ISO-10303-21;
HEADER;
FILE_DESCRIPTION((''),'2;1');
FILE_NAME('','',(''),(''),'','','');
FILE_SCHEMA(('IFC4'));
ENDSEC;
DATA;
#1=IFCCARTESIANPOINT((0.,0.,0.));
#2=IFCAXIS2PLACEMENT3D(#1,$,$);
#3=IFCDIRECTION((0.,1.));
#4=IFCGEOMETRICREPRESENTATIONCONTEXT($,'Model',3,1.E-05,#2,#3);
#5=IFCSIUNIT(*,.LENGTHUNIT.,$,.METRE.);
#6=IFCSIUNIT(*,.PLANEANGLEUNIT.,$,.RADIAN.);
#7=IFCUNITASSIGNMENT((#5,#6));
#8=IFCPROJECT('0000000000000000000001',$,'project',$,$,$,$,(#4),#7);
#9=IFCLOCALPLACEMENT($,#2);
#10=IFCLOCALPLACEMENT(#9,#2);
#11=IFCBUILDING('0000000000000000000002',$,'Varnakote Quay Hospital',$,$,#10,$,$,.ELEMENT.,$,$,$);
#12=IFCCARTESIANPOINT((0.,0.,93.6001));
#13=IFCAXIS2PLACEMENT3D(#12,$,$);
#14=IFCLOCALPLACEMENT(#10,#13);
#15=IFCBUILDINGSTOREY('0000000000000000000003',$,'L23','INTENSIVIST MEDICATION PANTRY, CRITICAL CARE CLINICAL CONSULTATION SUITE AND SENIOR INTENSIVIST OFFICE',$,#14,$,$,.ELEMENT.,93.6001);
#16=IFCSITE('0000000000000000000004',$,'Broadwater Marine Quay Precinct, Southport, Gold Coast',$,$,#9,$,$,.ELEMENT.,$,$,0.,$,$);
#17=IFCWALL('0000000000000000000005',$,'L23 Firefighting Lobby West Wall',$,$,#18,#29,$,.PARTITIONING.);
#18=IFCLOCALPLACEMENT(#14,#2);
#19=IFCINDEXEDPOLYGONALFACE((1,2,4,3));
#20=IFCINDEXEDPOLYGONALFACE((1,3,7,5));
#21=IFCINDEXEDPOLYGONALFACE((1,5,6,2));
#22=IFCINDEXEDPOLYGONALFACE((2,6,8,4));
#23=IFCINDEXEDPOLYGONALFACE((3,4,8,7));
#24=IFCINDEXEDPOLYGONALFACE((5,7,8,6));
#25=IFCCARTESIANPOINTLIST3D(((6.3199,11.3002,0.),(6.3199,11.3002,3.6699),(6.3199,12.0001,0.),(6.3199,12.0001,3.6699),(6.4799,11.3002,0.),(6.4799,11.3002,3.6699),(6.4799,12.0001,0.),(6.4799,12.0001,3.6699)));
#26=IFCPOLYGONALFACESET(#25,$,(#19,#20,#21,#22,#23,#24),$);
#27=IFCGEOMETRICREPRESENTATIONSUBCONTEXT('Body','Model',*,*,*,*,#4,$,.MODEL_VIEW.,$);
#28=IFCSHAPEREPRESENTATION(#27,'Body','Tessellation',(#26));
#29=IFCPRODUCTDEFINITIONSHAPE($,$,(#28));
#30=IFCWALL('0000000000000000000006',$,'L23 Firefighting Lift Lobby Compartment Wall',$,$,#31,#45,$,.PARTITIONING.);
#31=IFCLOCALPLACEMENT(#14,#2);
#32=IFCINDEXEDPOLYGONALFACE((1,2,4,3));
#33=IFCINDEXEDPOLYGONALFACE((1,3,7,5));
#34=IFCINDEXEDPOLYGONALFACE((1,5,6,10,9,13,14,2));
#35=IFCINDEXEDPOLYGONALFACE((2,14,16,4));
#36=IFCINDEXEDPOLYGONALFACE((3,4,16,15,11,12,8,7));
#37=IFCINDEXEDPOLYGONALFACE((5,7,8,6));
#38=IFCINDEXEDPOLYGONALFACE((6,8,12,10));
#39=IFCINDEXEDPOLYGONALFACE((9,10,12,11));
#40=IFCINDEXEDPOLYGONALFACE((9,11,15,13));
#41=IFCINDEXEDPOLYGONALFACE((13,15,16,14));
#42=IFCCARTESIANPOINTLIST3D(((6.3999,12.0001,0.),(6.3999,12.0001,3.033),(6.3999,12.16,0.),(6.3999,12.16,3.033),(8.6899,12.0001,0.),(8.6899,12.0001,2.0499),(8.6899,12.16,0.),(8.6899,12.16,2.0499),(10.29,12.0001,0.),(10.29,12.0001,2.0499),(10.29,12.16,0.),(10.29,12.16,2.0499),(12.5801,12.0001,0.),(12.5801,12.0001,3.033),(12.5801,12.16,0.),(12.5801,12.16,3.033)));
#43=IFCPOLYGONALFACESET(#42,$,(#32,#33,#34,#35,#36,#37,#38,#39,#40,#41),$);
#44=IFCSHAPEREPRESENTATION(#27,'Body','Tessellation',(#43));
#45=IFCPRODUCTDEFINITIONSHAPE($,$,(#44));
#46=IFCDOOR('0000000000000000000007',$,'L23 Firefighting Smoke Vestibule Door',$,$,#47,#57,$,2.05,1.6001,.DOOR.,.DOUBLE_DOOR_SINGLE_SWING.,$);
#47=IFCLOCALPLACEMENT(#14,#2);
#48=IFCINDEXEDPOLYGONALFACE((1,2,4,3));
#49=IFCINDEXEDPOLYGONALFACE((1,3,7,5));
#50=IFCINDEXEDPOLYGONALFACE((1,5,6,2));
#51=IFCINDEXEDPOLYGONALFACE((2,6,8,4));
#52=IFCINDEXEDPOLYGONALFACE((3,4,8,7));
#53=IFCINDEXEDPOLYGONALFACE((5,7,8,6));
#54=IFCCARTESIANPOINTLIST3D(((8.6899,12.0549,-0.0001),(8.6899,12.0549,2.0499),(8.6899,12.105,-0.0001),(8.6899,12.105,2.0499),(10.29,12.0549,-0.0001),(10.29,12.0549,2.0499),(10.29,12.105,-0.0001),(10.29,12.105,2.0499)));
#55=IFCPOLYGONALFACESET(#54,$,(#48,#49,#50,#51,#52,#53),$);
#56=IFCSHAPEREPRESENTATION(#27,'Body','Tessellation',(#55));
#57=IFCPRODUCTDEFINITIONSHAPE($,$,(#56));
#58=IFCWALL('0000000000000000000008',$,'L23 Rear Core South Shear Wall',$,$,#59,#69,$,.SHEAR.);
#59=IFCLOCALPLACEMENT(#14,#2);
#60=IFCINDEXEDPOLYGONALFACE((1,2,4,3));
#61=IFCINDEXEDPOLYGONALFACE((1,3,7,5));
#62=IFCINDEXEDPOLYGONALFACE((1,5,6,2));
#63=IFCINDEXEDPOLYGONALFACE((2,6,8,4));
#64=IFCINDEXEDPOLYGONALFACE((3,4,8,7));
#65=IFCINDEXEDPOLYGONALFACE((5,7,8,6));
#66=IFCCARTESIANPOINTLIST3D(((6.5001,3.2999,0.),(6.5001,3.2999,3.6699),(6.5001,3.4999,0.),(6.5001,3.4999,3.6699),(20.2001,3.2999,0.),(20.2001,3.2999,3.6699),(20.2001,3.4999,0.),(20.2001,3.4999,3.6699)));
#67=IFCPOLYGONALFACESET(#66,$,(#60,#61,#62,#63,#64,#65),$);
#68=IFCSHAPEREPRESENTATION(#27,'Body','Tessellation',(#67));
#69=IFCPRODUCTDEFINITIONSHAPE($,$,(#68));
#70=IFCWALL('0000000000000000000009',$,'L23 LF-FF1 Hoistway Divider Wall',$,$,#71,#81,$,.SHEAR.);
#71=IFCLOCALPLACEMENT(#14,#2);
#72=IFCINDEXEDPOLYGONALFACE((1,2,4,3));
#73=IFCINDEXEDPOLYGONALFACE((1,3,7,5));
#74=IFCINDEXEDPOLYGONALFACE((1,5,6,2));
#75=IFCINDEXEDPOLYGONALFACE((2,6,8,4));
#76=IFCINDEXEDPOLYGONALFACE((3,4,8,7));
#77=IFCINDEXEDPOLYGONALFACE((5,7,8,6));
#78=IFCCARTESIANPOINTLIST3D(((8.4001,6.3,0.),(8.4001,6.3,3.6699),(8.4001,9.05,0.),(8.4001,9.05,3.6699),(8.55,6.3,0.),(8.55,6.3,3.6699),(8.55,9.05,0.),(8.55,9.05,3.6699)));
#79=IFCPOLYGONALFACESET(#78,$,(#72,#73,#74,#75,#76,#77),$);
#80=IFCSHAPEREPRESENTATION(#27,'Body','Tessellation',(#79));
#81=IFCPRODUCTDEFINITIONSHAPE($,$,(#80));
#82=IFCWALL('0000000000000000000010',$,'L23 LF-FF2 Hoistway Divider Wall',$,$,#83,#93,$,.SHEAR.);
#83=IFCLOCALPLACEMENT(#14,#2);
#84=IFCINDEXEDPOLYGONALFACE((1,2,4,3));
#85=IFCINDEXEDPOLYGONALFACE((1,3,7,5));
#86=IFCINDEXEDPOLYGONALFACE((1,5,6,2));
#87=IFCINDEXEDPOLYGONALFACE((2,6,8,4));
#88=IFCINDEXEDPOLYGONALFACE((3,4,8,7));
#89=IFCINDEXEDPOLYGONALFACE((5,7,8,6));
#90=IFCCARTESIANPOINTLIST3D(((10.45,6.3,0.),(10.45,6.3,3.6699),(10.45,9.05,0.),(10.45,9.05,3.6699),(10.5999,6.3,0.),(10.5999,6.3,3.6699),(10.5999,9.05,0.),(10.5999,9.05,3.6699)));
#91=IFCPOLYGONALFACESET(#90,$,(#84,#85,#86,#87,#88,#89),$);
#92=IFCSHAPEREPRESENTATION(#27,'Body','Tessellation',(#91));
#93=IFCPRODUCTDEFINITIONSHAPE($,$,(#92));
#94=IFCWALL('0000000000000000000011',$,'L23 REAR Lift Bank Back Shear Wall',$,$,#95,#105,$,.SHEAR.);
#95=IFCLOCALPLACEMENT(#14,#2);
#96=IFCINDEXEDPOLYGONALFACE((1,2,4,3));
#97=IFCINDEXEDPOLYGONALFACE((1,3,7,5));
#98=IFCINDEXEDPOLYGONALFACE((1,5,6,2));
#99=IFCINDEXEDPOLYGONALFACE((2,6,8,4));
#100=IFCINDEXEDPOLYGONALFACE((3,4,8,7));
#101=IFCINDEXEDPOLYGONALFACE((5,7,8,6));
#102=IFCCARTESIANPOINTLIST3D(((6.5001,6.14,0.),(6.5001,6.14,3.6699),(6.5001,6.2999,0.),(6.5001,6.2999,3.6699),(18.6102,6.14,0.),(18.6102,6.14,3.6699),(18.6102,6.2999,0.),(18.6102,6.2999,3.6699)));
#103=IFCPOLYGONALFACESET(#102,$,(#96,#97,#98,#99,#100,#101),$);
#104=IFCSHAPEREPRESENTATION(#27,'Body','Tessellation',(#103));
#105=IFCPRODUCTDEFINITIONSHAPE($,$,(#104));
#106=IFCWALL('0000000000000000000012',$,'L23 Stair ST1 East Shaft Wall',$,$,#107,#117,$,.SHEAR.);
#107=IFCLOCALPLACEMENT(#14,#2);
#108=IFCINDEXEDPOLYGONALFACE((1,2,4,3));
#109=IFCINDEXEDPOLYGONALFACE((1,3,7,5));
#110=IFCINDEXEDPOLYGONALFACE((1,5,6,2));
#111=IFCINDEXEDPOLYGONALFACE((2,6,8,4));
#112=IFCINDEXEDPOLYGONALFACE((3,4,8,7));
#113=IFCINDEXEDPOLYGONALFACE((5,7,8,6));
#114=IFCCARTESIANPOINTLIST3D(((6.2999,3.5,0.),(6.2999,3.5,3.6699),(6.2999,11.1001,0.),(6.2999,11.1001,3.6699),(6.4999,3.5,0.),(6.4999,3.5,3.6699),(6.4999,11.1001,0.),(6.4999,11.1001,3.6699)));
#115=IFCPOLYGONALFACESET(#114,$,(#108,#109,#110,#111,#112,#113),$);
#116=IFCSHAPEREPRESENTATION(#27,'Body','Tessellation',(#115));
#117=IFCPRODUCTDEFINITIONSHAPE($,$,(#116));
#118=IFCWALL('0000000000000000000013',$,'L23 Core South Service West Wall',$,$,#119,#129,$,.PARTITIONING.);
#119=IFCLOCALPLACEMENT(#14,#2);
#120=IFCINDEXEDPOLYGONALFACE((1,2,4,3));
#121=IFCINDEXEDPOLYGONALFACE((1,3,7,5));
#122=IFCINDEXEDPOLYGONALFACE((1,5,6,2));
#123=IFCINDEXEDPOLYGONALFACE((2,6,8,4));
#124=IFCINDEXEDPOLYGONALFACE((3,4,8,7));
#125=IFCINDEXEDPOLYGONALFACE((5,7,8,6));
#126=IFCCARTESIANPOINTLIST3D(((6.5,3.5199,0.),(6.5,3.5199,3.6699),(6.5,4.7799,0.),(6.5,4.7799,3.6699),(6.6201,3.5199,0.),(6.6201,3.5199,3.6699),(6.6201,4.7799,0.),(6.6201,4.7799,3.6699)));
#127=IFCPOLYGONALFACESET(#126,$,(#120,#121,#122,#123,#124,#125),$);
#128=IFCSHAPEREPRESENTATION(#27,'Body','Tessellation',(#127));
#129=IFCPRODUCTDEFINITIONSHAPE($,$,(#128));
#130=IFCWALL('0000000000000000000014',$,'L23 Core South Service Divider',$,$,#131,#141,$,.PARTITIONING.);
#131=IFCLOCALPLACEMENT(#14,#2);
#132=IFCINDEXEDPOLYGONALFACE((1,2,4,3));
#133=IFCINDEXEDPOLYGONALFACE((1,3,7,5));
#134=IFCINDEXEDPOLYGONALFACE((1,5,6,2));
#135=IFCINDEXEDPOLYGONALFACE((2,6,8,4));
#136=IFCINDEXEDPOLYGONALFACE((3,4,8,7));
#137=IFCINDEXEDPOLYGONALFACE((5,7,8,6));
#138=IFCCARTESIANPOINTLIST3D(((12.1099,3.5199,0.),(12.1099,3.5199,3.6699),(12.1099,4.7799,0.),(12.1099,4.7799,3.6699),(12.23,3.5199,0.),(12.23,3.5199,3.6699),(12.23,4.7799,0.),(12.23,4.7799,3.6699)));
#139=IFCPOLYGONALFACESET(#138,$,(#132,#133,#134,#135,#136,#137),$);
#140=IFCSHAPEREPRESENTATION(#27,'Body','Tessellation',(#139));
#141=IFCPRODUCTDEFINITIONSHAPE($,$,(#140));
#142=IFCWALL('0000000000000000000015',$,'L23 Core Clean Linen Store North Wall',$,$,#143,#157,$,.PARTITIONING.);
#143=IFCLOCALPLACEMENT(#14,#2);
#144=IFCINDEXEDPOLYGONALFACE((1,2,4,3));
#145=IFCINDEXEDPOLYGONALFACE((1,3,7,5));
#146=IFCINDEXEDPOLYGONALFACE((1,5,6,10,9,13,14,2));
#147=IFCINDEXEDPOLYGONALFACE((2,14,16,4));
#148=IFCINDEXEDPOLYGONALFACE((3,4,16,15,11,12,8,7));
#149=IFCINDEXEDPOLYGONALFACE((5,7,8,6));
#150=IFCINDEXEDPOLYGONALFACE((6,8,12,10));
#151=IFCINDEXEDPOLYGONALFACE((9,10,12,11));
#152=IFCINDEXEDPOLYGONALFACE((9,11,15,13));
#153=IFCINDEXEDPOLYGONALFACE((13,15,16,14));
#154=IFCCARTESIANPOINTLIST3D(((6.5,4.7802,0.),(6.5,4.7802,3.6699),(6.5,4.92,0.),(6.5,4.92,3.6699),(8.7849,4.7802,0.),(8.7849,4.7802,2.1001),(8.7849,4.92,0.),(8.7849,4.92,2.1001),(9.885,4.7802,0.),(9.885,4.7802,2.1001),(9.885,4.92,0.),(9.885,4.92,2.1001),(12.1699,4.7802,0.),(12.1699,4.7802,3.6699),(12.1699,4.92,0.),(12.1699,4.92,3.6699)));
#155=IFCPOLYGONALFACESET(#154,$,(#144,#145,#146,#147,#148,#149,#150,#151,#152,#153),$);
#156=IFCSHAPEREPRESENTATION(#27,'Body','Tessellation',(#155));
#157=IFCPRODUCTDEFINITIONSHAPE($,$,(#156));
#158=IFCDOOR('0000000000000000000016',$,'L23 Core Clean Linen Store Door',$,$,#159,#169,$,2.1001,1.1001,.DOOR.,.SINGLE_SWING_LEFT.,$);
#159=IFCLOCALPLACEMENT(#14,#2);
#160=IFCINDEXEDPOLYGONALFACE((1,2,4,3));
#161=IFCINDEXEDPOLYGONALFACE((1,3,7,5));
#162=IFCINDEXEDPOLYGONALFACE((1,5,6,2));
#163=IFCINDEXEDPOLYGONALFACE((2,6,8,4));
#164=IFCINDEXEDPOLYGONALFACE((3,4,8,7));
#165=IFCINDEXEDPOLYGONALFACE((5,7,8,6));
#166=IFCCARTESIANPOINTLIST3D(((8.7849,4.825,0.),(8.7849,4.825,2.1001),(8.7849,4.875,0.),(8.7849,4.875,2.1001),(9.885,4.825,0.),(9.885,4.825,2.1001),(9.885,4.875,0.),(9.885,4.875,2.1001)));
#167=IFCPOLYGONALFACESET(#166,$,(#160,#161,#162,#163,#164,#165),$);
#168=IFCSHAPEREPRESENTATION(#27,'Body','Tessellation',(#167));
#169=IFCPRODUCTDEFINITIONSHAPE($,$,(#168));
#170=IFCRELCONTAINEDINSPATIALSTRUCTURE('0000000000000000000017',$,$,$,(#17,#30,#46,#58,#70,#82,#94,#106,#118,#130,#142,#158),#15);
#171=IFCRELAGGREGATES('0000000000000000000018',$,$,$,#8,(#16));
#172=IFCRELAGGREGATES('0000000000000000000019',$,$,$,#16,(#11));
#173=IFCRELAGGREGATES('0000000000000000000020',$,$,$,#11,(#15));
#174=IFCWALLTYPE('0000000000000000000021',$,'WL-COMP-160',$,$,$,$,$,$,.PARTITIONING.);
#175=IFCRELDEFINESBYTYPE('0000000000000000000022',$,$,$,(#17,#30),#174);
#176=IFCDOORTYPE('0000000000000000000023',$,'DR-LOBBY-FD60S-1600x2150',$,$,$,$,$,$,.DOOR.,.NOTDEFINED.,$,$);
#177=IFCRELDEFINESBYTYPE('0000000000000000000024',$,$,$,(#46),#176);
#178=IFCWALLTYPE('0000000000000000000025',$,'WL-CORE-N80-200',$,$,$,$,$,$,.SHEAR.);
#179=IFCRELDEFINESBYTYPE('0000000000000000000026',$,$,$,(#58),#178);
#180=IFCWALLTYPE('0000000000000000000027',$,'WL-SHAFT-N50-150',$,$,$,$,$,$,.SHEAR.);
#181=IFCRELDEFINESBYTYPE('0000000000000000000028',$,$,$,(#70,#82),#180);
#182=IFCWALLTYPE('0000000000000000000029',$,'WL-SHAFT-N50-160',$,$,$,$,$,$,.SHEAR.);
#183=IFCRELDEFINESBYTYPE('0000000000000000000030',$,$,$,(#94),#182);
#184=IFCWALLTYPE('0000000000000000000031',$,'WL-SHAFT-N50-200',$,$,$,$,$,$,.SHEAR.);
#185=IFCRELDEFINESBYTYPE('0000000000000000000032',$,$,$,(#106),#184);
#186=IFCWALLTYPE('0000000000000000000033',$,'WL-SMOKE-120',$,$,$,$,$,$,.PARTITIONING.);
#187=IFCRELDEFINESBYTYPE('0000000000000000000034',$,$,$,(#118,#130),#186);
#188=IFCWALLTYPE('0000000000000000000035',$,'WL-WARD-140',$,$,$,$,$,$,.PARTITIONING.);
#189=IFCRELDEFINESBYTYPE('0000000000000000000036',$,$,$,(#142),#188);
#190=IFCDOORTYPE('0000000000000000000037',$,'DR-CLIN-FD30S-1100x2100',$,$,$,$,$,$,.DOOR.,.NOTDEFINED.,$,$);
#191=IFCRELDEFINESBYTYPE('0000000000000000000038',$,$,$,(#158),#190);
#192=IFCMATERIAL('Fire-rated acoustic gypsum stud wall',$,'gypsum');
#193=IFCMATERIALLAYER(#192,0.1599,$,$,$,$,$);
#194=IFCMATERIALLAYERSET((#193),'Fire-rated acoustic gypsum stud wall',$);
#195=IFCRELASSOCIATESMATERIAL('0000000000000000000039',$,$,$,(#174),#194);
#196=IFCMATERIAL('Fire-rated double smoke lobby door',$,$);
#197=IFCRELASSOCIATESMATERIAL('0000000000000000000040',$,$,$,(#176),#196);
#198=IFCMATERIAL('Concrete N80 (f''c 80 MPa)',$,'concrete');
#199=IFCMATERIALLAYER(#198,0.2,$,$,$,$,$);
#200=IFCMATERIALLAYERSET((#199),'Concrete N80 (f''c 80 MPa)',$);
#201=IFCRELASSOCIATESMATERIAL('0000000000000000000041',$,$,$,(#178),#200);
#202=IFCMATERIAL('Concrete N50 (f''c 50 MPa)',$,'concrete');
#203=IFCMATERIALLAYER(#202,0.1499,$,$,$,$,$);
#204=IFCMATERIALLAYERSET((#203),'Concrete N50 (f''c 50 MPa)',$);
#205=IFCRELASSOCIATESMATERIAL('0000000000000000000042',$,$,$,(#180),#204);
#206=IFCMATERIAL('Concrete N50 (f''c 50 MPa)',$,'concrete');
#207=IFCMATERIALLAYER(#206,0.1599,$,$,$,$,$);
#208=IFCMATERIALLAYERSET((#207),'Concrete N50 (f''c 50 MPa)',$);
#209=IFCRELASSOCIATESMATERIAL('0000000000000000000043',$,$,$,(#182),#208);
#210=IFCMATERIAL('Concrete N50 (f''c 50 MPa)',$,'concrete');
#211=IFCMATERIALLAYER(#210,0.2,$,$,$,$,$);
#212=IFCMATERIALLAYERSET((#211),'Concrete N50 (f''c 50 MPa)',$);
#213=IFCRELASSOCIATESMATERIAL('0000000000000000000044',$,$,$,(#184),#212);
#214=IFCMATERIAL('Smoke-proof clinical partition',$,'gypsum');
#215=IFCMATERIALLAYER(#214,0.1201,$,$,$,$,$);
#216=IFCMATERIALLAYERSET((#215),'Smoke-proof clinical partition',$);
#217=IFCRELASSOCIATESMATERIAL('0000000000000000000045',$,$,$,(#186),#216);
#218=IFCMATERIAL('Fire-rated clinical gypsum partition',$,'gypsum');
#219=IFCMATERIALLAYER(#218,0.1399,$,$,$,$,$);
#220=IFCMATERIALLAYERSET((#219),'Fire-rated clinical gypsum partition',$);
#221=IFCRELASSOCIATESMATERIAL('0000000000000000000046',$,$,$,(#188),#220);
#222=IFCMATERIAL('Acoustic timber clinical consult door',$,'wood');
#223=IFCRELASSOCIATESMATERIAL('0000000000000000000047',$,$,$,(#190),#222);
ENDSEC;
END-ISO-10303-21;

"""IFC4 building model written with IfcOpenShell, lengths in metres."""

from ifc_helpers import new_model, si_unit, direction, frame, frame_2d, origin, place, context, subcontext, project, spatial, rectangle, extrude, material, layer, layer_set, type_object, element, fill, save


model = new_model("IFC4")

# Units and contexts
model_context = context("Model", 3, precision=1e-05, world=origin(), true_north=direction((0.0, 1.0)))
body_context = subcontext(model_context, "Body", "Model", "MODEL_VIEW")
ifc_project = project(units=[si_unit("LENGTHUNIT", "METRE"), si_unit("PLANEANGLEUNIT", "RADIAN")], contexts=[model_context])

# Site, building, storey
site_placement = place(None, origin())
site = spatial("IfcSite", under=ifc_project, at=site_placement, Name="Broadwater Marine Quay Precinct, Southport, Gold Coast", CompositionType="ELEMENT", RefElevation=0.0)
building_placement = place(site_placement, origin())
building = spatial("IfcBuilding", under=site, at=building_placement, Name="Varnakote Quay Hospital", CompositionType="ELEMENT")
storey_placement = place(building_placement, frame((0.0, 0.0, 93.6001)))
storey = spatial("IfcBuildingStorey", under=building, at=storey_placement, Name="L23", Description="INTENSIVIST MEDICATION PANTRY, CRITICAL CARE CLINICAL CONSULTATION SUITE AND SENIOR INTENSIVIST OFFICE", CompositionType="ELEMENT", Elevation=93.6001)

# Wall
ifc_material_1 = material(Name="Fire-rated acoustic gypsum stud wall", Category="gypsum")
ifc_layer_1 = layer(ifc_material_1, 0.1599)
ifc_layer_set_1 = layer_set([ifc_layer_1], Name="Fire-rated acoustic gypsum stud wall")
wall_type_1 = type_object("IfcWallType", Name="WL-COMP-160", PredefinedType="PARTITIONING", material=ifc_layer_set_1)
wall_1_placement = place(storey_placement, frame((6.3999, 11.3, 0.0), z_axis=(0.0, 0.0, 1.0), x_axis=(0.0, 1.0, 0.0)))
element("IfcWall", 1, at=wall_1_placement, inside=storey, type_object=wall_type_1, Name="L23 Firefighting Lobby West Wall", PredefinedType="PARTITIONING", context=body_context, shape_type="SweptSolid", body=[
    extrude(rectangle(XDim=0.7, YDim=0.1599, at=frame_2d((0.3501, 0.0))), origin(), (0.0, 0.0, 1.0), 3.6699),
])

# Wall, opening, door
wall_2_placement = place(storey_placement, frame((6.3999, 12.0801, 0.0), z_axis=(0.0, 0.0, 1.0), x_axis=(1.0, 0.0, 0.0)))
wall_2 = element("IfcWall", 2, at=wall_2_placement, inside=storey, type_object=wall_type_1, Name="L23 Firefighting Lift Lobby Compartment Wall", PredefinedType="PARTITIONING", context=body_context, shape_type="SweptSolid", body=[
    extrude(rectangle(XDim=6.1802, YDim=0.1599, at=frame_2d((3.0901, 0.0))), origin(), (0.0, 0.0, 1.0), 3.033),
])
opening_1_placement = place(wall_2_placement, frame((2.29, 0.0, 0.0)))
opening_1 = element("IfcOpeningElement", 3, at=opening_1_placement, cuts=wall_2, PredefinedType="OPENING", context=body_context, shape_type="SweptSolid", body=[
    extrude(rectangle(XDim=1.6001, YDim=2.05, at=frame_2d((0.8, 1.0249))), frame((0.0, 0.0898, 0.0), z_axis=(0.0, -1.0, 0.0), x_axis=(1.0, 0.0, 0.0)), (0.0, 0.0, 1.0), 0.1799),
])
ifc_material_2 = material(Name="Fire-rated double smoke lobby door")
door_type_1 = type_object("IfcDoorType", Name="DR-LOBBY-FD60S-1600x2150", OperationType="NOTDEFINED", PredefinedType="DOOR", material=ifc_material_2)
door_1_placement = place(opening_1_placement, origin())
door_1 = element("IfcDoor", 4, at=door_1_placement, inside=storey, type_object=door_type_1, Name="L23 Firefighting Smoke Vestibule Door", OperationType="DOUBLE_DOOR_SINGLE_SWING", OverallHeight=2.05, OverallWidth=1.6001, PredefinedType="DOOR", context=body_context, shape_type="SweptSolid", body=[
    extrude(rectangle(XDim=1.6001, YDim=2.05, at=frame_2d((0.8, 1.0249))), frame((0.0, 0.0249, 0.0), z_axis=(0.0, -1.0, 0.0), x_axis=(1.0, 0.0, 0.0)), (0.0, 0.0, 1.0), 0.05),
])
fill(opening_1, door_1)

# Walls
ifc_material_3 = material(Name="Concrete N80 (f'c 80 MPa)", Category="concrete")
ifc_layer_2 = layer(ifc_material_3, 0.2)
ifc_layer_set_2 = layer_set([ifc_layer_2], Name="Concrete N80 (f'c 80 MPa)")
wall_type_2 = type_object("IfcWallType", Name="WL-CORE-N80-200", PredefinedType="SHEAR", material=ifc_layer_set_2)
wall_3_placement = place(storey_placement, frame((6.5, 3.3999, 0.0), z_axis=(0.0, 0.0, 1.0), x_axis=(1.0, 0.0, 0.0)))
element("IfcWall", 5, at=wall_3_placement, inside=storey, type_object=wall_type_2, Name="L23 Rear Core South Shear Wall", PredefinedType="SHEAR", context=body_context, shape_type="SweptSolid", body=[
    extrude(rectangle(XDim=13.7, YDim=0.2, at=frame_2d((6.8501, 0.0))), origin(), (0.0, 0.0, 1.0), 3.6699),
])
ifc_material_4 = material(Name="Concrete N50 (f'c 50 MPa)", Category="concrete")
ifc_layer_3 = layer(ifc_material_4, 0.1499)
ifc_layer_set_3 = layer_set([ifc_layer_3], Name="Concrete N50 (f'c 50 MPa)")
wall_type_3 = type_object("IfcWallType", Name="WL-SHAFT-N50-150", PredefinedType="SHEAR", material=ifc_layer_set_3)
for number, where, z_axis, x_axis, name in (
    (6, (8.4751, 6.3, 0.0), (0.0, 0.0, 1.0), (0.0, 1.0, 0.0), "L23 LF-FF1 Hoistway Divider Wall"),
    (7, (10.5249, 6.3, 0.0), (0.0, 0.0, 1.0), (0.0, 1.0, 0.0), "L23 LF-FF2 Hoistway Divider Wall"),
):
    element("IfcWall", number, at=place(storey_placement, frame(where, z_axis=z_axis, x_axis=x_axis)), inside=storey, type_object=wall_type_3, Name=name, PredefinedType="SHEAR", context=body_context, shape_type="SweptSolid", body=[
        extrude(rectangle(XDim=2.75, YDim=0.1499, at=frame_2d((1.375, 0.0))), origin(), (0.0, 0.0, 1.0), 3.6699),
    ])
ifc_material_5 = material(Name="Concrete N50 (f'c 50 MPa)", Category="concrete")
ifc_layer_4 = layer(ifc_material_5, 0.1599)
ifc_layer_set_4 = layer_set([ifc_layer_4], Name="Concrete N50 (f'c 50 MPa)")
wall_type_4 = type_object("IfcWallType", Name="WL-SHAFT-N50-160", PredefinedType="SHEAR", material=ifc_layer_set_4)
wall_4_placement = place(storey_placement, frame((6.5, 6.22, 0.0), z_axis=(0.0, 0.0, 1.0), x_axis=(1.0, 0.0, 0.0)))
element("IfcWall", 8, at=wall_4_placement, inside=storey, type_object=wall_type_4, Name="L23 REAR Lift Bank Back Shear Wall", PredefinedType="SHEAR", context=body_context, shape_type="SweptSolid", body=[
    extrude(rectangle(XDim=12.1101, YDim=0.1599, at=frame_2d((6.0552, 0.0))), origin(), (0.0, 0.0, 1.0), 3.6699),
])

# Walls
ifc_material_6 = material(Name="Concrete N50 (f'c 50 MPa)", Category="concrete")
ifc_layer_5 = layer(ifc_material_6, 0.2)
ifc_layer_set_5 = layer_set([ifc_layer_5], Name="Concrete N50 (f'c 50 MPa)")
wall_type_5 = type_object("IfcWallType", Name="WL-SHAFT-N50-200", PredefinedType="SHEAR", material=ifc_layer_set_5)
wall_5_placement = place(storey_placement, frame((6.3999, 3.5, 0.0), z_axis=(0.0, 0.0, 1.0), x_axis=(0.0, 1.0, 0.0)))
element("IfcWall", 9, at=wall_5_placement, inside=storey, type_object=wall_type_5, Name="L23 Stair ST1 East Shaft Wall", PredefinedType="SHEAR", context=body_context, shape_type="SweptSolid", body=[
    extrude(rectangle(XDim=7.6001, YDim=0.2, at=frame_2d((3.8, 0.0))), origin(), (0.0, 0.0, 1.0), 3.6699),
])
ifc_material_7 = material(Name="Smoke-proof clinical partition", Category="gypsum")
ifc_layer_6 = layer(ifc_material_7, 0.1201)
ifc_layer_set_6 = layer_set([ifc_layer_6], Name="Smoke-proof clinical partition")
wall_type_6 = type_object("IfcWallType", Name="WL-SMOKE-120", PredefinedType="PARTITIONING", material=ifc_layer_set_6)
for number, where, z_axis, x_axis, name in (
    (10, (6.5601, 3.52, 0.0), (0.0, 0.0, 1.0), (0.0, 1.0, 0.0), "L23 Core South Service West Wall"),
    (11, (12.1699, 3.52, 0.0), (0.0, 0.0, 1.0), (0.0, 1.0, 0.0), "L23 Core South Service Divider"),
):
    element("IfcWall", number, at=place(storey_placement, frame(where, z_axis=z_axis, x_axis=x_axis)), inside=storey, type_object=wall_type_6, Name=name, PredefinedType="PARTITIONING", context=body_context, shape_type="SweptSolid", body=[
        extrude(rectangle(XDim=1.26, YDim=0.1201, at=frame_2d((0.6299, 0.0))), origin(), (0.0, 0.0, 1.0), 3.6699),
    ])

# Wall, opening, door
ifc_material_8 = material(Name="Fire-rated clinical gypsum partition", Category="gypsum")
ifc_layer_7 = layer(ifc_material_8, 0.1399)
ifc_layer_set_7 = layer_set([ifc_layer_7], Name="Fire-rated clinical gypsum partition")
wall_type_7 = type_object("IfcWallType", Name="WL-WARD-140", PredefinedType="PARTITIONING", material=ifc_layer_set_7)
wall_6_placement = place(storey_placement, frame((6.5, 4.8501, 0.0), z_axis=(0.0, 0.0, 1.0), x_axis=(1.0, 0.0, 0.0)))
wall_6 = element("IfcWall", 12, at=wall_6_placement, inside=storey, type_object=wall_type_7, Name="L23 Core Clean Linen Store North Wall", PredefinedType="PARTITIONING", context=body_context, shape_type="SweptSolid", body=[
    extrude(rectangle(XDim=5.6699, YDim=0.1399, at=frame_2d((2.835, 0.0))), origin(), (0.0, 0.0, 1.0), 3.6699),
])
opening_2_placement = place(wall_6_placement, frame((2.2849, 0.0, 0.0)))
opening_2 = element("IfcOpeningElement", 13, at=opening_2_placement, cuts=wall_6, PredefinedType="OPENING", context=body_context, shape_type="SweptSolid", body=[
    extrude(rectangle(XDim=1.1001, YDim=2.1001, at=frame_2d((0.55, 1.05))), frame((0.0, 0.0798, 0.0), z_axis=(0.0, -1.0, 0.0), x_axis=(1.0, 0.0, 0.0)), (0.0, 0.0, 1.0), 0.1599),
])
ifc_material_9 = material(Name="Acoustic timber clinical consult door", Category="wood")
door_type_2 = type_object("IfcDoorType", Name="DR-CLIN-FD30S-1100x2100", OperationType="NOTDEFINED", PredefinedType="DOOR", material=ifc_material_9)
door_2_placement = place(opening_2_placement, origin())
door_2 = element("IfcDoor", 14, at=door_2_placement, inside=storey, type_object=door_type_2, Name="L23 Core Clean Linen Store Door", OperationType="SINGLE_SWING_LEFT", OverallHeight=2.1001, OverallWidth=1.1001, PredefinedType="DOOR", context=body_context, shape_type="SweptSolid", body=[
    extrude(rectangle(XDim=1.1001, YDim=2.1001, at=frame_2d((0.55, 1.05))), frame((0.0, 0.0249, 0.0), z_axis=(0.0, -1.0, 0.0), x_axis=(1.0, 0.0, 0.0)), (0.0, 0.0, 1.0), 0.05),
])
fill(opening_2, door_2)

save(model, "model.ifc")
